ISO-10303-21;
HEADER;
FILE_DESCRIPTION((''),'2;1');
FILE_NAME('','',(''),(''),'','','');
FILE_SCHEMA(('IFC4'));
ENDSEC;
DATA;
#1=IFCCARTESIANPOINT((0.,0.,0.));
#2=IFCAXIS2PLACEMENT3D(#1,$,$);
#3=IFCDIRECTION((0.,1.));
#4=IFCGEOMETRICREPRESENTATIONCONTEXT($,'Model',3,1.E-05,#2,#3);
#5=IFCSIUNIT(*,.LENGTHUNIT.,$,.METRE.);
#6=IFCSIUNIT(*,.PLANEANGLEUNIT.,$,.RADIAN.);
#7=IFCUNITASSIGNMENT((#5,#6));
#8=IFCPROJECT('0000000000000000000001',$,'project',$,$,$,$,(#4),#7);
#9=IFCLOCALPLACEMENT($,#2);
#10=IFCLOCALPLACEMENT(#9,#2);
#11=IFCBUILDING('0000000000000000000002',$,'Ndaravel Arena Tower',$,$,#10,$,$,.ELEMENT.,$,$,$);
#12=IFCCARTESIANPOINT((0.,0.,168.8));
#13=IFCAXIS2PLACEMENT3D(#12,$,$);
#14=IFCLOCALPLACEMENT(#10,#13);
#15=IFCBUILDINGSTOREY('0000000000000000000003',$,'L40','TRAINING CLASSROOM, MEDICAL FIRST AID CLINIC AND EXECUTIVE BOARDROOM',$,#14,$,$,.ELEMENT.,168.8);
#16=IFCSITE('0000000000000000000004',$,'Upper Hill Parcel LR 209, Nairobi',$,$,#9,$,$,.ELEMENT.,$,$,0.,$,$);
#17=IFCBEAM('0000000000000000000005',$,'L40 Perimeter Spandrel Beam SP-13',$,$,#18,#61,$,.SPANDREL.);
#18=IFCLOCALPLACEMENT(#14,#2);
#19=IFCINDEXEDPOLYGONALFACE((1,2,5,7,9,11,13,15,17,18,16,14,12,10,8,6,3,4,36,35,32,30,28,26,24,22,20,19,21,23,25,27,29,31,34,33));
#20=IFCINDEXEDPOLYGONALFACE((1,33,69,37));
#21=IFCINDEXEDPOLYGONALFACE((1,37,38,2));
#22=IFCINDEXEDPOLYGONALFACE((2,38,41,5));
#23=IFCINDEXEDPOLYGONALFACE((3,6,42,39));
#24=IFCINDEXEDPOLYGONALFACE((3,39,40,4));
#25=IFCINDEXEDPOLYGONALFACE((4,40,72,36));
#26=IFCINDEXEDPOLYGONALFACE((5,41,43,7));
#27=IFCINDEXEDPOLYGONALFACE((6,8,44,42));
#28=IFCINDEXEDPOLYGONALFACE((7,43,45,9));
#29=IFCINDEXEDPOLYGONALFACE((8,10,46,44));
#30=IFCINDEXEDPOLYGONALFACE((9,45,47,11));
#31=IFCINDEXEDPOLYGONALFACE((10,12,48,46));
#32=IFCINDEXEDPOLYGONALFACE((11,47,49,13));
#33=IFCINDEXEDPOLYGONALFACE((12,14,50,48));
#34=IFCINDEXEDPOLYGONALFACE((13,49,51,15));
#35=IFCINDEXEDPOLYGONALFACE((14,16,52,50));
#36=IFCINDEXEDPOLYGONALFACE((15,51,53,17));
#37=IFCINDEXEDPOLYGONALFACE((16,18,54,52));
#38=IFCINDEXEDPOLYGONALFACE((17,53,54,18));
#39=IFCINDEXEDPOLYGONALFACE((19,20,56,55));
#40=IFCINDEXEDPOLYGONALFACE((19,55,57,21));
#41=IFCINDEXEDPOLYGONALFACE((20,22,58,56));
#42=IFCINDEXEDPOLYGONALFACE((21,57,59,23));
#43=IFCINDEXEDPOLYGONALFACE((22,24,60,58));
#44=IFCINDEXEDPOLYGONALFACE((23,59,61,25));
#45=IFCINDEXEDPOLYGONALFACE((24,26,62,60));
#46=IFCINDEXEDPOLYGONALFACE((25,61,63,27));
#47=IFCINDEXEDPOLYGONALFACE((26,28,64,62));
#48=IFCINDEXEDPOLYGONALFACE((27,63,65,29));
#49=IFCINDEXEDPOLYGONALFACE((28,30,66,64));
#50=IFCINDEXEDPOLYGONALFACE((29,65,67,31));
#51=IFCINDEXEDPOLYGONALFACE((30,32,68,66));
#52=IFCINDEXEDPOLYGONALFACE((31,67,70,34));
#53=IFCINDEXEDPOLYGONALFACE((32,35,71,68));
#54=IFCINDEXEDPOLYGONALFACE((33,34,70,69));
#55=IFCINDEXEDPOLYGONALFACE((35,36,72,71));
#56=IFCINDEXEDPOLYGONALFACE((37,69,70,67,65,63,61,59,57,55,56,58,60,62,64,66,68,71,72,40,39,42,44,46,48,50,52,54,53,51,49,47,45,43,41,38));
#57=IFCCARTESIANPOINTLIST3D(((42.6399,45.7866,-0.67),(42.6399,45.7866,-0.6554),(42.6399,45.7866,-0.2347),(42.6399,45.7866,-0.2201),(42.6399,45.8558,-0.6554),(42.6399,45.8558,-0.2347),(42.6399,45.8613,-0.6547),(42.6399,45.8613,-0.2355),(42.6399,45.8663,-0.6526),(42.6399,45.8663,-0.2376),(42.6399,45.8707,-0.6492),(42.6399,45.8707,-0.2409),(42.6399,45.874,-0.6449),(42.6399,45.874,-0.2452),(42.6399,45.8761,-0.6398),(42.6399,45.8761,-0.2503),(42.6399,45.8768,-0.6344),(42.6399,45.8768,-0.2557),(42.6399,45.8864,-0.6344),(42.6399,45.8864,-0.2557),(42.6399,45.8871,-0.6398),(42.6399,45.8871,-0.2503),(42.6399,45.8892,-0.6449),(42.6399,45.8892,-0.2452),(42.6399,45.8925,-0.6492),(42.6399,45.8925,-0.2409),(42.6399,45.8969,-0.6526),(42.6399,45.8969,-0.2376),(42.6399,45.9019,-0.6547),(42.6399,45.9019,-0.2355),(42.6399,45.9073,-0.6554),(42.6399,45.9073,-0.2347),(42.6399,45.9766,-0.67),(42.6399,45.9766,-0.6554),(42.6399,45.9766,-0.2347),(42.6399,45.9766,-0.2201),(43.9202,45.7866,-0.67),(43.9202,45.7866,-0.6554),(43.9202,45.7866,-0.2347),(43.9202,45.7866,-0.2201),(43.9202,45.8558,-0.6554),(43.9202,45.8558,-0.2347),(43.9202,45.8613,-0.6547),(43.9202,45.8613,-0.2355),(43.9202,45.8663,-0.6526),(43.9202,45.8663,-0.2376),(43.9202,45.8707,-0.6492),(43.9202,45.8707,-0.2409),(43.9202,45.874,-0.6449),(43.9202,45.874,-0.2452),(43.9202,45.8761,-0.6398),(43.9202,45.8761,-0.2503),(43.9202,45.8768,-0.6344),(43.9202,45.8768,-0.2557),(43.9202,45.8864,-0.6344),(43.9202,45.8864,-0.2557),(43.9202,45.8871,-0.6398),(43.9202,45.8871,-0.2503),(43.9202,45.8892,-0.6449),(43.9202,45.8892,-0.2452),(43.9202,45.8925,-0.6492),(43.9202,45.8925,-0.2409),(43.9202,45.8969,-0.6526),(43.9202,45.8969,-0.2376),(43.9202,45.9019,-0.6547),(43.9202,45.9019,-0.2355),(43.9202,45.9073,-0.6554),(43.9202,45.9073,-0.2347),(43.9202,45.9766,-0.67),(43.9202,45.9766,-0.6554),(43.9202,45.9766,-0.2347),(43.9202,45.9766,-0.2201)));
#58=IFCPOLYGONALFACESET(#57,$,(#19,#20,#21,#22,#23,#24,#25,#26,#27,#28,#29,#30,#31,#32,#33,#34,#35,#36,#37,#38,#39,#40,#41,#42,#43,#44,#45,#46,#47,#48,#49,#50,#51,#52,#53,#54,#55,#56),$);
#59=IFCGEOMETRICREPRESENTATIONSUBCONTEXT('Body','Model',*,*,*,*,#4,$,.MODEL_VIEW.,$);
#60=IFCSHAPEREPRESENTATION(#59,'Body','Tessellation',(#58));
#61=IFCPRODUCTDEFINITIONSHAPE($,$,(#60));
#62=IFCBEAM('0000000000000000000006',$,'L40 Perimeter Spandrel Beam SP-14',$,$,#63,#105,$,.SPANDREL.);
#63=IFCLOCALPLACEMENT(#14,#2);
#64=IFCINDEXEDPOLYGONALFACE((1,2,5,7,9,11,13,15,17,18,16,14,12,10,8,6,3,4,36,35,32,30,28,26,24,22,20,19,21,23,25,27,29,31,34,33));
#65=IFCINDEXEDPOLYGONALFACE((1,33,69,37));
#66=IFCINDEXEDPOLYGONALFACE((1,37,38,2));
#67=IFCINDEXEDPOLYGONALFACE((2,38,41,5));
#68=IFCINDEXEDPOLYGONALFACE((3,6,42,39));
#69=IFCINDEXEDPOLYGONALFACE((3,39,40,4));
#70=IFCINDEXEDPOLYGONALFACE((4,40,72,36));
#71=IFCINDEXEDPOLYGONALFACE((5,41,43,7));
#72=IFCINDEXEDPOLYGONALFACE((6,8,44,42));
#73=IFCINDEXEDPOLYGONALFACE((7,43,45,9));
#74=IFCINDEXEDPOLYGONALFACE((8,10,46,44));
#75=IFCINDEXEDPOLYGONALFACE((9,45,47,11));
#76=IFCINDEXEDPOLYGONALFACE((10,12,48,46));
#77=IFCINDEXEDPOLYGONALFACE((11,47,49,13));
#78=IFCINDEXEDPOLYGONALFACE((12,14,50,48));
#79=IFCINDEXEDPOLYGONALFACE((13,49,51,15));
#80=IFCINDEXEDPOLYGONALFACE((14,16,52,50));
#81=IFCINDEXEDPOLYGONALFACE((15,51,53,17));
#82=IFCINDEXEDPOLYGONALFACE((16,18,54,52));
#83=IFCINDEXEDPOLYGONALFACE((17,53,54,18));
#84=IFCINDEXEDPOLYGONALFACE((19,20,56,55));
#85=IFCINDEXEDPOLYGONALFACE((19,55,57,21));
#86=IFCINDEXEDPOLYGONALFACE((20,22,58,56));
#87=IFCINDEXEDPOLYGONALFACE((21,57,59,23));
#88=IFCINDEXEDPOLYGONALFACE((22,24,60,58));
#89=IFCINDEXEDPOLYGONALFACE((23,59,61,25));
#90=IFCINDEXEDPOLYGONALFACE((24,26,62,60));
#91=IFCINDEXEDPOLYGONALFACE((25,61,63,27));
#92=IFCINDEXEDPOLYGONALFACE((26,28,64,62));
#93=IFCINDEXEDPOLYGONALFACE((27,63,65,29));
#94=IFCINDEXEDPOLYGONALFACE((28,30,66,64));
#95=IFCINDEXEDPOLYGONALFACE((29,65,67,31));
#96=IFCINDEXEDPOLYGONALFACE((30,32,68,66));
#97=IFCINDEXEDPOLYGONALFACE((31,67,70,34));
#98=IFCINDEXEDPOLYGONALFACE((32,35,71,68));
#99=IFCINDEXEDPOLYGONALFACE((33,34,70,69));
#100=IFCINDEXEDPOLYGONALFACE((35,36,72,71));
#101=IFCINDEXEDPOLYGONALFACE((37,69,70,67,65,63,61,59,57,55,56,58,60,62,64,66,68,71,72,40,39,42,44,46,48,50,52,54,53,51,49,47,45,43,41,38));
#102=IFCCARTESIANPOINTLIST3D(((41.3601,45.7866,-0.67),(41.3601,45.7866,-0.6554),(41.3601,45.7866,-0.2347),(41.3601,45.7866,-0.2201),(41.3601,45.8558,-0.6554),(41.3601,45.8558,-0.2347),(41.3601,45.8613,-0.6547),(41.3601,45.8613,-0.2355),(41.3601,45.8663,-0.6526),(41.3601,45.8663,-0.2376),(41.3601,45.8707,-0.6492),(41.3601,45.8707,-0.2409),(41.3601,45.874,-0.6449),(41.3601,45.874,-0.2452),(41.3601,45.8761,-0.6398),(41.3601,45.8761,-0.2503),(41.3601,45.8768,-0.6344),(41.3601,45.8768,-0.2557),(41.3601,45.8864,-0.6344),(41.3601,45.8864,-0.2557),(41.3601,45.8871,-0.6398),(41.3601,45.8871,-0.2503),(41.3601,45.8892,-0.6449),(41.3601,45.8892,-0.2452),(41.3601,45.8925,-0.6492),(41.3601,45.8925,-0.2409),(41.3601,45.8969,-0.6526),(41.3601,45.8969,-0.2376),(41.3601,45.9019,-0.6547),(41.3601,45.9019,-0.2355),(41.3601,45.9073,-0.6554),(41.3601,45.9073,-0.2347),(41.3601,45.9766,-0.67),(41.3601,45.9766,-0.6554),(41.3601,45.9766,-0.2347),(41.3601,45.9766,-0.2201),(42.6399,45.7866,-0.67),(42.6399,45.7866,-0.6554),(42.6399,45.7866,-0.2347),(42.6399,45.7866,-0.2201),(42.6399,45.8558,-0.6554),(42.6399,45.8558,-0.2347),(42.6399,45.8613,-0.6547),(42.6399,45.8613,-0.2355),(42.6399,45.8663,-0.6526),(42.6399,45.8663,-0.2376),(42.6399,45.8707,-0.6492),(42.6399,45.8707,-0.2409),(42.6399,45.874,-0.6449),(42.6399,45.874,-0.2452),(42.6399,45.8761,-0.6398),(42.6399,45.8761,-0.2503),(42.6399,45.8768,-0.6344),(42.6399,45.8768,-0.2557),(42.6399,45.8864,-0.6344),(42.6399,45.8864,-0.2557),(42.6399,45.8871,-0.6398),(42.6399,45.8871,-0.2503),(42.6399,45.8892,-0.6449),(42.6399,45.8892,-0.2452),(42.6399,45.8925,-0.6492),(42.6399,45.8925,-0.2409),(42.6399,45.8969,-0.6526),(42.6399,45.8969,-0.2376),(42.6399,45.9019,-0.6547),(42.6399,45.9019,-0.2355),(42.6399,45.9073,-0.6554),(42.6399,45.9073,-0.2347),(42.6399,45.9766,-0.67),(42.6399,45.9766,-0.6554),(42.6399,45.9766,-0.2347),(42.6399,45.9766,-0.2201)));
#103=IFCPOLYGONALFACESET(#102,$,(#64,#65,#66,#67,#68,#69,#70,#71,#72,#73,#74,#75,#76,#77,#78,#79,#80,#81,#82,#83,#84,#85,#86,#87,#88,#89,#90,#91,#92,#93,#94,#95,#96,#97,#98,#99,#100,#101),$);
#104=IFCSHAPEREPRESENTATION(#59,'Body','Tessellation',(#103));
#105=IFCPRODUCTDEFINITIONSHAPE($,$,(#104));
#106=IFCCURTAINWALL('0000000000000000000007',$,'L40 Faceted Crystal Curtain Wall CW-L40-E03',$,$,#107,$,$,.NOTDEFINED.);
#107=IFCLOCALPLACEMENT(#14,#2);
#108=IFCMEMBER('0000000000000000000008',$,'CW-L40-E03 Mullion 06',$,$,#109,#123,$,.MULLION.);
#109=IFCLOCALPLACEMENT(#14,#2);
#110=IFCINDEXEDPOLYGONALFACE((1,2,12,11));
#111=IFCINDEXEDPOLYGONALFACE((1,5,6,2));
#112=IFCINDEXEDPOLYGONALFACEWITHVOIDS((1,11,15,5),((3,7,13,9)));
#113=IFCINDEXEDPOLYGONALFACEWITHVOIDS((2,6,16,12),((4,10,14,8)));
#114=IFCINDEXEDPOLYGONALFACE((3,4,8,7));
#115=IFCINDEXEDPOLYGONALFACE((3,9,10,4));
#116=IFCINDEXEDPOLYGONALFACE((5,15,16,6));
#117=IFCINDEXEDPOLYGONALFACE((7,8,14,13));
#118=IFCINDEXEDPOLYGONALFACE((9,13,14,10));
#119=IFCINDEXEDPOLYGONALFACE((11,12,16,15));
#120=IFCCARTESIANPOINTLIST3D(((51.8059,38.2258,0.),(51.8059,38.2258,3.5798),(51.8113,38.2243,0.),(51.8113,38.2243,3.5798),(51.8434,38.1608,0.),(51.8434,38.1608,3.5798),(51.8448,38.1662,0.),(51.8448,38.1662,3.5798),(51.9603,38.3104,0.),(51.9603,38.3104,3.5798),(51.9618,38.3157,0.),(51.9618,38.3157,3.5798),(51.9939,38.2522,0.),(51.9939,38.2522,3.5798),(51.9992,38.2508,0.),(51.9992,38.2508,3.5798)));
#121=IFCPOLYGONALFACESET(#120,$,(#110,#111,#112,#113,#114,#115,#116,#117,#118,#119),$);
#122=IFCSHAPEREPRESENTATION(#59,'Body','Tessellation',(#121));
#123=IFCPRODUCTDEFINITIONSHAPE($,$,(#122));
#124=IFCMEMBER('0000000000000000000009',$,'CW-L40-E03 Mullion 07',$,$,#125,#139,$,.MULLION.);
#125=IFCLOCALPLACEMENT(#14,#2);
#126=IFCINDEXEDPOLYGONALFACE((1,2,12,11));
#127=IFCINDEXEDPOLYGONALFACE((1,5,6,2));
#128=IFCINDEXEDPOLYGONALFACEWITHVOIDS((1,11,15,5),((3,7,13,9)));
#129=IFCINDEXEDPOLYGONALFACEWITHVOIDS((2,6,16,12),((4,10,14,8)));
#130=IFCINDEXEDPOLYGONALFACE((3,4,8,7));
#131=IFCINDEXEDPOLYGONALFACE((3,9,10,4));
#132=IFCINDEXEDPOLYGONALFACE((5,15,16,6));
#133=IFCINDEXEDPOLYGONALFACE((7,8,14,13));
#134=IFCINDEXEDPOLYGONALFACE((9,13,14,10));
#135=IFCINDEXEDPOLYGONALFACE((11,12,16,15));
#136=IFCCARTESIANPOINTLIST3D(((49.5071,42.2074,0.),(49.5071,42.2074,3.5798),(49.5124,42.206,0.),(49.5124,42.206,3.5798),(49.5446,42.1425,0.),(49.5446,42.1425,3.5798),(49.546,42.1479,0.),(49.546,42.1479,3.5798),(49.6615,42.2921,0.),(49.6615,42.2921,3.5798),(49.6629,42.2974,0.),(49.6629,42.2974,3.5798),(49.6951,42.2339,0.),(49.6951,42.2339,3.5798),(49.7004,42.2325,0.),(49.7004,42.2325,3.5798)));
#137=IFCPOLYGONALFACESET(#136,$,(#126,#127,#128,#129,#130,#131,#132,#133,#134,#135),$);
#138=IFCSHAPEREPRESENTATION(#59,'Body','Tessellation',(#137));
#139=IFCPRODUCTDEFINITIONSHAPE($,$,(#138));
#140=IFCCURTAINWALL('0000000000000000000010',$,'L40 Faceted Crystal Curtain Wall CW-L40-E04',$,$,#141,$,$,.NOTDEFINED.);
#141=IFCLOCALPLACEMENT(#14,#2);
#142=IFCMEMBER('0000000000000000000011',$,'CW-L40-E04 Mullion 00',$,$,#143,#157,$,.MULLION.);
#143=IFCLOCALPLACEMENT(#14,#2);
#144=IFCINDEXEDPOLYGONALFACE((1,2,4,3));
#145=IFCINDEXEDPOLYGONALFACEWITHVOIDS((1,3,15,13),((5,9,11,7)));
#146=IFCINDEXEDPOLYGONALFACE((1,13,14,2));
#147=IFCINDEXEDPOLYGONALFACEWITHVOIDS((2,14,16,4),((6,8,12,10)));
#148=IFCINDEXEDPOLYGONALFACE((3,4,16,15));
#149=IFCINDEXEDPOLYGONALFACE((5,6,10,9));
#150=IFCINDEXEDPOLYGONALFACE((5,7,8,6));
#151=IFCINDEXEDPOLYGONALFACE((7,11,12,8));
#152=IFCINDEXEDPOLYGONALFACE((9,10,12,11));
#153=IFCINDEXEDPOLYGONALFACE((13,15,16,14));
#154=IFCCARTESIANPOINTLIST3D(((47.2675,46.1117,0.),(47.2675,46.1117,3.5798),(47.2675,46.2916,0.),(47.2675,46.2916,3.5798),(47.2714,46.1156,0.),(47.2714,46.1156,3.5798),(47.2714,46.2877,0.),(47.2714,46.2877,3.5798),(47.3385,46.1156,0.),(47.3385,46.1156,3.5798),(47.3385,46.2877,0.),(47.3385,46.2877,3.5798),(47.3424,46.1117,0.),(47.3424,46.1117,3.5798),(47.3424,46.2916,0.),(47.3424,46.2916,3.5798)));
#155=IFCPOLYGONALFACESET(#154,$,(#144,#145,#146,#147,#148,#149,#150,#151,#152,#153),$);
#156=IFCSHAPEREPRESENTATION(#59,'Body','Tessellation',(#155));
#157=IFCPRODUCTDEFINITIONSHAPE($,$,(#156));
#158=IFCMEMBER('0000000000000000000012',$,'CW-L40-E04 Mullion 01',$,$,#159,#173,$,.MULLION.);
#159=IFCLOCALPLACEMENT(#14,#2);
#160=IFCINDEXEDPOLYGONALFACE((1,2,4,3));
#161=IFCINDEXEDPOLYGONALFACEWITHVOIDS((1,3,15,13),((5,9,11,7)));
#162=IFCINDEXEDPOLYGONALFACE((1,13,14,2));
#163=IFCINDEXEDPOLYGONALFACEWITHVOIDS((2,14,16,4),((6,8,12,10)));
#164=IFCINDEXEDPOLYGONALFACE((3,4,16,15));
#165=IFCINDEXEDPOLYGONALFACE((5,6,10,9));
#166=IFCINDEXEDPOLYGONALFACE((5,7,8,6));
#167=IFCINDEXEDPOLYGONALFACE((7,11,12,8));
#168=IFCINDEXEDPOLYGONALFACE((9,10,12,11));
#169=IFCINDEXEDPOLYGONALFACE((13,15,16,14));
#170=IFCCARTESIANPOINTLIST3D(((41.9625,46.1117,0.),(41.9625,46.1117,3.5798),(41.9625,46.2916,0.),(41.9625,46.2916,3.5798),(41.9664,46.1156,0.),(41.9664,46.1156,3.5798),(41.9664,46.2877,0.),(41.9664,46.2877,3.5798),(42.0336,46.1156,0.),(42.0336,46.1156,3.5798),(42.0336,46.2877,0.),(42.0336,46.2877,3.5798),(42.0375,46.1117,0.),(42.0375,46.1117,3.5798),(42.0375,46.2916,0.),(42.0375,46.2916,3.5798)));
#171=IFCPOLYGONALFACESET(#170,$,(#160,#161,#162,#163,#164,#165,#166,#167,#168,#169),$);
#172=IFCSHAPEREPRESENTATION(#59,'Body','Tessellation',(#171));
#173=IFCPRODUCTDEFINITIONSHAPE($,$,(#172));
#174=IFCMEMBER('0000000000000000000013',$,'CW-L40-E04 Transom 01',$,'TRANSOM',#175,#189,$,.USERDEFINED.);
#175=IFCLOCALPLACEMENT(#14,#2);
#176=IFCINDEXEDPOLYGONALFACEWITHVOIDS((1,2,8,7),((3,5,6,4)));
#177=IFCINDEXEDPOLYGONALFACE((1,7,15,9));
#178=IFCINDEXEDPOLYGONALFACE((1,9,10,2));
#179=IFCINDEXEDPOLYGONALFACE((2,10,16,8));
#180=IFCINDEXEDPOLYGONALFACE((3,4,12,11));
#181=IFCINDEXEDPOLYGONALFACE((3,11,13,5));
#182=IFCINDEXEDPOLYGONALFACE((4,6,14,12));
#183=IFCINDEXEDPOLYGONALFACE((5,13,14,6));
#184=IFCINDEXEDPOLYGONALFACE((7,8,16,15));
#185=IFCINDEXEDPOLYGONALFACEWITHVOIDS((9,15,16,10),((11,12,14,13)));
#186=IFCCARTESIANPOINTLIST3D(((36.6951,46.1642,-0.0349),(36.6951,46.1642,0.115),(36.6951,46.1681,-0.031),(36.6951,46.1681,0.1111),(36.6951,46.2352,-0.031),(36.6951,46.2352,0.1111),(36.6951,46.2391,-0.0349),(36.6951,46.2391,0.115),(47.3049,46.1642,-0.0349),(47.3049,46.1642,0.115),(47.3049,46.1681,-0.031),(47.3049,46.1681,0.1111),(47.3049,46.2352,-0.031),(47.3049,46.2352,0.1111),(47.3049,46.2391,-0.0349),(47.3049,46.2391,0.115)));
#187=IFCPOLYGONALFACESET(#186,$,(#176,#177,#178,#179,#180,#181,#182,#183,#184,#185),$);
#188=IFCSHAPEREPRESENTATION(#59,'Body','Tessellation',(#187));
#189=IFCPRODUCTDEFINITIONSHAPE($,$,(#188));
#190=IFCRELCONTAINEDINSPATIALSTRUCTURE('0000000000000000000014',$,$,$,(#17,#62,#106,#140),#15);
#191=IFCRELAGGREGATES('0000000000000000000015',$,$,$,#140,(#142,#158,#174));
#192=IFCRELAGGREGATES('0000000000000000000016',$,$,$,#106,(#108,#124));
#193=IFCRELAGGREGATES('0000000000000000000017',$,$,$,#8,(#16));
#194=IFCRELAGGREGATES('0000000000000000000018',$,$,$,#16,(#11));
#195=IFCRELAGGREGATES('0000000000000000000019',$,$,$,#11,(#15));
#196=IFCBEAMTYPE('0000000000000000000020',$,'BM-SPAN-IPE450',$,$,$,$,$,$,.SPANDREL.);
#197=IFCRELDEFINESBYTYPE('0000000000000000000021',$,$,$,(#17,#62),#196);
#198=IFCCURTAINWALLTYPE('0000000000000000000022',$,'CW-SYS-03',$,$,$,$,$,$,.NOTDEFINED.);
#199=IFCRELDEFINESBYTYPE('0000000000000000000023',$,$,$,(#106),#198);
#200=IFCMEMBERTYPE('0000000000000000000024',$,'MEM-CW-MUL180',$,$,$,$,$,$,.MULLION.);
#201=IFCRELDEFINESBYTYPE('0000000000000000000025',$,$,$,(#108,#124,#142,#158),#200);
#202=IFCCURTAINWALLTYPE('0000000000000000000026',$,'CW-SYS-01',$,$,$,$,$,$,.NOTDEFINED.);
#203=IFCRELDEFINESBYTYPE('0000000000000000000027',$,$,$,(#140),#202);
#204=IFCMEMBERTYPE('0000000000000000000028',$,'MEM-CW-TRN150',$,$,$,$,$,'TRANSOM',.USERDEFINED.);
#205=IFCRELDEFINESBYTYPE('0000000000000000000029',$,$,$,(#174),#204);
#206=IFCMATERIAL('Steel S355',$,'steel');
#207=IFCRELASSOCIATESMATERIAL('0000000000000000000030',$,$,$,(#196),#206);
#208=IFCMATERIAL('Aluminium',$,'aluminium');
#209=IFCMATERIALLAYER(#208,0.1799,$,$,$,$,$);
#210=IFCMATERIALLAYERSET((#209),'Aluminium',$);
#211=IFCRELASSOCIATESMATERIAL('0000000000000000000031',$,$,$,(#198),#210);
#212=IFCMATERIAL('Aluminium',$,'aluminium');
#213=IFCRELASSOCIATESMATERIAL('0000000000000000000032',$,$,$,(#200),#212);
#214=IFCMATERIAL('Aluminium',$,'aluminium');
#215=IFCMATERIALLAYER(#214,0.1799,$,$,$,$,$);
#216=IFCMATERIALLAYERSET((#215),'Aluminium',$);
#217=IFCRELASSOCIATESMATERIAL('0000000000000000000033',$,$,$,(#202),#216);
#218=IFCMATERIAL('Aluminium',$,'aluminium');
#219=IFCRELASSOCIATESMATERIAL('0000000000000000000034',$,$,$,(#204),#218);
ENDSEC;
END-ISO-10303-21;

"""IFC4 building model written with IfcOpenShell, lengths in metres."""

from ifc_helpers import new_model, si_unit, direction, frame, origin, origin_2d, place, context, subcontext, project, spatial, hollow_rectangle, i_section, extrude, material, layer, layer_set, material_profile, profile_set, type_object, element, aggregate, save


model = new_model("IFC4")

# Units and contexts
model_context = context("Model", 3, precision=1e-05, world=origin(), true_north=direction((0.0, 1.0)))
body_context = subcontext(model_context, "Body", "Model", "MODEL_VIEW")
ifc_project = project(units=[si_unit("LENGTHUNIT", "METRE"), si_unit("PLANEANGLEUNIT", "RADIAN")], contexts=[model_context])

# Site, building, storey
site_placement = place(None, origin())
site = spatial("IfcSite", under=ifc_project, at=site_placement, Name="Upper Hill Parcel LR 209, Nairobi", CompositionType="ELEMENT", RefElevation=0.0)
building_placement = place(site_placement, origin())
building = spatial("IfcBuilding", under=site, at=building_placement, Name="Ndaravel Arena Tower", CompositionType="ELEMENT")
storey_placement = place(building_placement, frame((0.0, 0.0, 168.8)))
storey = spatial("IfcBuildingStorey", under=building, at=storey_placement, Name="L40", Description="TRAINING CLASSROOM, MEDICAL FIRST AID CLINIC AND EXECUTIVE BOARDROOM", CompositionType="ELEMENT", Elevation=168.8)

# Beams
ifc_material_1 = material(Name="Steel S355", Category="steel")
ifc_material_profile_1 = material_profile(ifc_material_1, i_section(OverallWidth=0.1899, OverallDepth=0.45, WebThickness=0.0095, FlangeThickness=0.0146, FilletRadius=0.021, at=origin_2d()), Name="IPE 450")
ifc_profile_set_1 = profile_set([ifc_material_profile_1], Name="Steel S355")
beam_type_1 = type_object("IfcBeamType", Name="BM-SPAN-IPE450", PredefinedType="SPANDREL", material=ifc_profile_set_1)
beam_1_placement = place(storey_placement, frame((43.9202, 45.8816, -0.4451), z_axis=(-1.0, 0.0, 0.0), x_axis=(0.0, -1.0, 0.0)))
element("IfcBeam", 1, at=beam_1_placement, inside=storey, type_object=beam_type_1, Name="L40 Perimeter Spandrel Beam SP-13", PredefinedType="SPANDREL", context=body_context, shape_type="SweptSolid", body=[
    extrude(i_section(OverallWidth=0.1899, OverallDepth=0.45, WebThickness=0.0095, FlangeThickness=0.0146, FilletRadius=0.021, at=origin_2d()), origin(), (0.0, 0.0, 1.0), 1.2803),
])
beam_2_placement = place(storey_placement, frame((42.6399, 45.8816, -0.4451), z_axis=(-1.0, 0.0, 0.0), x_axis=(0.0, -1.0, 0.0)))
element("IfcBeam", 2, at=beam_2_placement, inside=storey, type_object=beam_type_1, Name="L40 Perimeter Spandrel Beam SP-14", PredefinedType="SPANDREL", context=body_context, shape_type="SweptSolid", body=[
    extrude(i_section(OverallWidth=0.1899, OverallDepth=0.45, WebThickness=0.0095, FlangeThickness=0.0146, FilletRadius=0.021, at=origin_2d()), origin(), (0.0, 0.0, 1.0), 1.2798),
])

# Curtain wall, members
ifc_material_2 = material(Name="Aluminium", Category="aluminium")
ifc_layer_1 = layer(ifc_material_2, 0.1799)
ifc_layer_set_1 = layer_set([ifc_layer_1], Name="Aluminium")
curtain_wall_type_1 = type_object("IfcCurtainWallType", Name="CW-SYS-03", PredefinedType="NOTDEFINED", material=ifc_layer_set_1)
curtain_wall_1_placement = place(storey_placement, origin())
curtain_wall_1 = element("IfcCurtainWall", 3, at=curtain_wall_1_placement, inside=storey, type_object=curtain_wall_type_1, Name="L40 Faceted Crystal Curtain Wall CW-L40-E03", PredefinedType="NOTDEFINED")
ifc_material_3 = material(Name="Aluminium", Category="aluminium")
ifc_material_profile_2 = material_profile(ifc_material_3, hollow_rectangle(XDim=0.075, YDim=0.1799, WallThickness=0.0039, at=origin_2d()), Name="CW MULLION 75x180x4")
ifc_profile_set_2 = profile_set([ifc_material_profile_2], Name="Aluminium")
member_type_1 = type_object("IfcMemberType", Name="MEM-CW-MUL180", PredefinedType="MULLION", material=ifc_profile_set_2)
member_1_placement = place(storey_placement, frame((51.9026, 38.2383, 0.0), z_axis=(0.0, 0.0, 1.0), x_axis=(-0.5, 0.866025, 0.0)))
member_1 = element("IfcMember", 4, at=member_1_placement, type_object=member_type_1, Name="CW-L40-E03 Mullion 06", PredefinedType="MULLION", context=body_context, shape_type="SweptSolid", body=[
    extrude(hollow_rectangle(XDim=0.075, YDim=0.1799, WallThickness=0.0039, at=origin_2d()), origin(), (0.0, 0.0, 1.0), 3.5798),
])
member_2_placement = place(storey_placement, frame((49.6038, 42.22, 0.0), z_axis=(0.0, 0.0, 1.0), x_axis=(-0.5, 0.866025, 0.0)))
member_2 = element("IfcMember", 5, at=member_2_placement, type_object=member_type_1, Name="CW-L40-E03 Mullion 07", PredefinedType="MULLION", context=body_context, shape_type="SweptSolid", body=[
    extrude(hollow_rectangle(XDim=0.075, YDim=0.1799, WallThickness=0.0039, at=origin_2d()), origin(), (0.0, 0.0, 1.0), 3.5798),
])

# Curtain wall, members
ifc_material_4 = material(Name="Aluminium", Category="aluminium")
ifc_layer_2 = layer(ifc_material_4, 0.1799)
ifc_layer_set_2 = layer_set([ifc_layer_2], Name="Aluminium")
curtain_wall_type_2 = type_object("IfcCurtainWallType", Name="CW-SYS-01", PredefinedType="NOTDEFINED", material=ifc_layer_set_2)
curtain_wall_2_placement = place(storey_placement, origin())
curtain_wall_2 = element("IfcCurtainWall", 6, at=curtain_wall_2_placement, inside=storey, type_object=curtain_wall_type_2, Name="L40 Faceted Crystal Curtain Wall CW-L40-E04", PredefinedType="NOTDEFINED")
member_3_placement = place(storey_placement, frame((47.3049, 46.2017, 0.0), z_axis=(0.0, 0.0, 1.0), x_axis=(-1.0, 0.0, 0.0)))
member_3 = element("IfcMember", 7, at=member_3_placement, type_object=member_type_1, Name="CW-L40-E04 Mullion 00", PredefinedType="MULLION", context=body_context, shape_type="SweptSolid", body=[
    extrude(hollow_rectangle(XDim=0.075, YDim=0.1799, WallThickness=0.0039, at=origin_2d()), origin(), (0.0, 0.0, 1.0), 3.5798),
])
member_4_placement = place(storey_placement, frame((42.0, 46.2017, 0.0), z_axis=(0.0, 0.0, 1.0), x_axis=(-1.0, 0.0, 0.0)))
member_4 = element("IfcMember", 8, at=member_4_placement, type_object=member_type_1, Name="CW-L40-E04 Mullion 01", PredefinedType="MULLION", context=body_context, shape_type="SweptSolid", body=[
    extrude(hollow_rectangle(XDim=0.075, YDim=0.1799, WallThickness=0.0039, at=origin_2d()), origin(), (0.0, 0.0, 1.0), 3.5798),
])
ifc_material_5 = material(Name="Aluminium", Category="aluminium")
ifc_material_profile_3 = material_profile(ifc_material_5, hollow_rectangle(XDim=0.075, YDim=0.1499, WallThickness=0.0039, at=origin_2d()), Name="CW TRANSOM 75x150x4")
ifc_profile_set_3 = profile_set([ifc_material_profile_3], Name="Aluminium")
member_type_2 = type_object("IfcMemberType", Name="MEM-CW-TRN150", ElementType="TRANSOM", PredefinedType="USERDEFINED", material=ifc_profile_set_3)
member_5_placement = place(storey_placement, frame((47.3049, 46.2017, 0.04), z_axis=(-1.0, 0.0, 0.0), x_axis=(0.0, -1.0, 0.0)))
member_5 = element("IfcMember", 9, at=member_5_placement, type_object=member_type_2, Name="CW-L40-E04 Transom 01", ObjectType="TRANSOM", PredefinedType="USERDEFINED", context=body_context, shape_type="SweptSolid", body=[
    extrude(hollow_rectangle(XDim=0.075, YDim=0.1499, WallThickness=0.0039, at=origin_2d()), origin(), (0.0, 0.0, 1.0), 10.6099),
])
aggregate(curtain_wall_2, [member_3, member_4, member_5])

aggregate(curtain_wall_1, [member_1, member_2])

save(model, "model.ifc")
